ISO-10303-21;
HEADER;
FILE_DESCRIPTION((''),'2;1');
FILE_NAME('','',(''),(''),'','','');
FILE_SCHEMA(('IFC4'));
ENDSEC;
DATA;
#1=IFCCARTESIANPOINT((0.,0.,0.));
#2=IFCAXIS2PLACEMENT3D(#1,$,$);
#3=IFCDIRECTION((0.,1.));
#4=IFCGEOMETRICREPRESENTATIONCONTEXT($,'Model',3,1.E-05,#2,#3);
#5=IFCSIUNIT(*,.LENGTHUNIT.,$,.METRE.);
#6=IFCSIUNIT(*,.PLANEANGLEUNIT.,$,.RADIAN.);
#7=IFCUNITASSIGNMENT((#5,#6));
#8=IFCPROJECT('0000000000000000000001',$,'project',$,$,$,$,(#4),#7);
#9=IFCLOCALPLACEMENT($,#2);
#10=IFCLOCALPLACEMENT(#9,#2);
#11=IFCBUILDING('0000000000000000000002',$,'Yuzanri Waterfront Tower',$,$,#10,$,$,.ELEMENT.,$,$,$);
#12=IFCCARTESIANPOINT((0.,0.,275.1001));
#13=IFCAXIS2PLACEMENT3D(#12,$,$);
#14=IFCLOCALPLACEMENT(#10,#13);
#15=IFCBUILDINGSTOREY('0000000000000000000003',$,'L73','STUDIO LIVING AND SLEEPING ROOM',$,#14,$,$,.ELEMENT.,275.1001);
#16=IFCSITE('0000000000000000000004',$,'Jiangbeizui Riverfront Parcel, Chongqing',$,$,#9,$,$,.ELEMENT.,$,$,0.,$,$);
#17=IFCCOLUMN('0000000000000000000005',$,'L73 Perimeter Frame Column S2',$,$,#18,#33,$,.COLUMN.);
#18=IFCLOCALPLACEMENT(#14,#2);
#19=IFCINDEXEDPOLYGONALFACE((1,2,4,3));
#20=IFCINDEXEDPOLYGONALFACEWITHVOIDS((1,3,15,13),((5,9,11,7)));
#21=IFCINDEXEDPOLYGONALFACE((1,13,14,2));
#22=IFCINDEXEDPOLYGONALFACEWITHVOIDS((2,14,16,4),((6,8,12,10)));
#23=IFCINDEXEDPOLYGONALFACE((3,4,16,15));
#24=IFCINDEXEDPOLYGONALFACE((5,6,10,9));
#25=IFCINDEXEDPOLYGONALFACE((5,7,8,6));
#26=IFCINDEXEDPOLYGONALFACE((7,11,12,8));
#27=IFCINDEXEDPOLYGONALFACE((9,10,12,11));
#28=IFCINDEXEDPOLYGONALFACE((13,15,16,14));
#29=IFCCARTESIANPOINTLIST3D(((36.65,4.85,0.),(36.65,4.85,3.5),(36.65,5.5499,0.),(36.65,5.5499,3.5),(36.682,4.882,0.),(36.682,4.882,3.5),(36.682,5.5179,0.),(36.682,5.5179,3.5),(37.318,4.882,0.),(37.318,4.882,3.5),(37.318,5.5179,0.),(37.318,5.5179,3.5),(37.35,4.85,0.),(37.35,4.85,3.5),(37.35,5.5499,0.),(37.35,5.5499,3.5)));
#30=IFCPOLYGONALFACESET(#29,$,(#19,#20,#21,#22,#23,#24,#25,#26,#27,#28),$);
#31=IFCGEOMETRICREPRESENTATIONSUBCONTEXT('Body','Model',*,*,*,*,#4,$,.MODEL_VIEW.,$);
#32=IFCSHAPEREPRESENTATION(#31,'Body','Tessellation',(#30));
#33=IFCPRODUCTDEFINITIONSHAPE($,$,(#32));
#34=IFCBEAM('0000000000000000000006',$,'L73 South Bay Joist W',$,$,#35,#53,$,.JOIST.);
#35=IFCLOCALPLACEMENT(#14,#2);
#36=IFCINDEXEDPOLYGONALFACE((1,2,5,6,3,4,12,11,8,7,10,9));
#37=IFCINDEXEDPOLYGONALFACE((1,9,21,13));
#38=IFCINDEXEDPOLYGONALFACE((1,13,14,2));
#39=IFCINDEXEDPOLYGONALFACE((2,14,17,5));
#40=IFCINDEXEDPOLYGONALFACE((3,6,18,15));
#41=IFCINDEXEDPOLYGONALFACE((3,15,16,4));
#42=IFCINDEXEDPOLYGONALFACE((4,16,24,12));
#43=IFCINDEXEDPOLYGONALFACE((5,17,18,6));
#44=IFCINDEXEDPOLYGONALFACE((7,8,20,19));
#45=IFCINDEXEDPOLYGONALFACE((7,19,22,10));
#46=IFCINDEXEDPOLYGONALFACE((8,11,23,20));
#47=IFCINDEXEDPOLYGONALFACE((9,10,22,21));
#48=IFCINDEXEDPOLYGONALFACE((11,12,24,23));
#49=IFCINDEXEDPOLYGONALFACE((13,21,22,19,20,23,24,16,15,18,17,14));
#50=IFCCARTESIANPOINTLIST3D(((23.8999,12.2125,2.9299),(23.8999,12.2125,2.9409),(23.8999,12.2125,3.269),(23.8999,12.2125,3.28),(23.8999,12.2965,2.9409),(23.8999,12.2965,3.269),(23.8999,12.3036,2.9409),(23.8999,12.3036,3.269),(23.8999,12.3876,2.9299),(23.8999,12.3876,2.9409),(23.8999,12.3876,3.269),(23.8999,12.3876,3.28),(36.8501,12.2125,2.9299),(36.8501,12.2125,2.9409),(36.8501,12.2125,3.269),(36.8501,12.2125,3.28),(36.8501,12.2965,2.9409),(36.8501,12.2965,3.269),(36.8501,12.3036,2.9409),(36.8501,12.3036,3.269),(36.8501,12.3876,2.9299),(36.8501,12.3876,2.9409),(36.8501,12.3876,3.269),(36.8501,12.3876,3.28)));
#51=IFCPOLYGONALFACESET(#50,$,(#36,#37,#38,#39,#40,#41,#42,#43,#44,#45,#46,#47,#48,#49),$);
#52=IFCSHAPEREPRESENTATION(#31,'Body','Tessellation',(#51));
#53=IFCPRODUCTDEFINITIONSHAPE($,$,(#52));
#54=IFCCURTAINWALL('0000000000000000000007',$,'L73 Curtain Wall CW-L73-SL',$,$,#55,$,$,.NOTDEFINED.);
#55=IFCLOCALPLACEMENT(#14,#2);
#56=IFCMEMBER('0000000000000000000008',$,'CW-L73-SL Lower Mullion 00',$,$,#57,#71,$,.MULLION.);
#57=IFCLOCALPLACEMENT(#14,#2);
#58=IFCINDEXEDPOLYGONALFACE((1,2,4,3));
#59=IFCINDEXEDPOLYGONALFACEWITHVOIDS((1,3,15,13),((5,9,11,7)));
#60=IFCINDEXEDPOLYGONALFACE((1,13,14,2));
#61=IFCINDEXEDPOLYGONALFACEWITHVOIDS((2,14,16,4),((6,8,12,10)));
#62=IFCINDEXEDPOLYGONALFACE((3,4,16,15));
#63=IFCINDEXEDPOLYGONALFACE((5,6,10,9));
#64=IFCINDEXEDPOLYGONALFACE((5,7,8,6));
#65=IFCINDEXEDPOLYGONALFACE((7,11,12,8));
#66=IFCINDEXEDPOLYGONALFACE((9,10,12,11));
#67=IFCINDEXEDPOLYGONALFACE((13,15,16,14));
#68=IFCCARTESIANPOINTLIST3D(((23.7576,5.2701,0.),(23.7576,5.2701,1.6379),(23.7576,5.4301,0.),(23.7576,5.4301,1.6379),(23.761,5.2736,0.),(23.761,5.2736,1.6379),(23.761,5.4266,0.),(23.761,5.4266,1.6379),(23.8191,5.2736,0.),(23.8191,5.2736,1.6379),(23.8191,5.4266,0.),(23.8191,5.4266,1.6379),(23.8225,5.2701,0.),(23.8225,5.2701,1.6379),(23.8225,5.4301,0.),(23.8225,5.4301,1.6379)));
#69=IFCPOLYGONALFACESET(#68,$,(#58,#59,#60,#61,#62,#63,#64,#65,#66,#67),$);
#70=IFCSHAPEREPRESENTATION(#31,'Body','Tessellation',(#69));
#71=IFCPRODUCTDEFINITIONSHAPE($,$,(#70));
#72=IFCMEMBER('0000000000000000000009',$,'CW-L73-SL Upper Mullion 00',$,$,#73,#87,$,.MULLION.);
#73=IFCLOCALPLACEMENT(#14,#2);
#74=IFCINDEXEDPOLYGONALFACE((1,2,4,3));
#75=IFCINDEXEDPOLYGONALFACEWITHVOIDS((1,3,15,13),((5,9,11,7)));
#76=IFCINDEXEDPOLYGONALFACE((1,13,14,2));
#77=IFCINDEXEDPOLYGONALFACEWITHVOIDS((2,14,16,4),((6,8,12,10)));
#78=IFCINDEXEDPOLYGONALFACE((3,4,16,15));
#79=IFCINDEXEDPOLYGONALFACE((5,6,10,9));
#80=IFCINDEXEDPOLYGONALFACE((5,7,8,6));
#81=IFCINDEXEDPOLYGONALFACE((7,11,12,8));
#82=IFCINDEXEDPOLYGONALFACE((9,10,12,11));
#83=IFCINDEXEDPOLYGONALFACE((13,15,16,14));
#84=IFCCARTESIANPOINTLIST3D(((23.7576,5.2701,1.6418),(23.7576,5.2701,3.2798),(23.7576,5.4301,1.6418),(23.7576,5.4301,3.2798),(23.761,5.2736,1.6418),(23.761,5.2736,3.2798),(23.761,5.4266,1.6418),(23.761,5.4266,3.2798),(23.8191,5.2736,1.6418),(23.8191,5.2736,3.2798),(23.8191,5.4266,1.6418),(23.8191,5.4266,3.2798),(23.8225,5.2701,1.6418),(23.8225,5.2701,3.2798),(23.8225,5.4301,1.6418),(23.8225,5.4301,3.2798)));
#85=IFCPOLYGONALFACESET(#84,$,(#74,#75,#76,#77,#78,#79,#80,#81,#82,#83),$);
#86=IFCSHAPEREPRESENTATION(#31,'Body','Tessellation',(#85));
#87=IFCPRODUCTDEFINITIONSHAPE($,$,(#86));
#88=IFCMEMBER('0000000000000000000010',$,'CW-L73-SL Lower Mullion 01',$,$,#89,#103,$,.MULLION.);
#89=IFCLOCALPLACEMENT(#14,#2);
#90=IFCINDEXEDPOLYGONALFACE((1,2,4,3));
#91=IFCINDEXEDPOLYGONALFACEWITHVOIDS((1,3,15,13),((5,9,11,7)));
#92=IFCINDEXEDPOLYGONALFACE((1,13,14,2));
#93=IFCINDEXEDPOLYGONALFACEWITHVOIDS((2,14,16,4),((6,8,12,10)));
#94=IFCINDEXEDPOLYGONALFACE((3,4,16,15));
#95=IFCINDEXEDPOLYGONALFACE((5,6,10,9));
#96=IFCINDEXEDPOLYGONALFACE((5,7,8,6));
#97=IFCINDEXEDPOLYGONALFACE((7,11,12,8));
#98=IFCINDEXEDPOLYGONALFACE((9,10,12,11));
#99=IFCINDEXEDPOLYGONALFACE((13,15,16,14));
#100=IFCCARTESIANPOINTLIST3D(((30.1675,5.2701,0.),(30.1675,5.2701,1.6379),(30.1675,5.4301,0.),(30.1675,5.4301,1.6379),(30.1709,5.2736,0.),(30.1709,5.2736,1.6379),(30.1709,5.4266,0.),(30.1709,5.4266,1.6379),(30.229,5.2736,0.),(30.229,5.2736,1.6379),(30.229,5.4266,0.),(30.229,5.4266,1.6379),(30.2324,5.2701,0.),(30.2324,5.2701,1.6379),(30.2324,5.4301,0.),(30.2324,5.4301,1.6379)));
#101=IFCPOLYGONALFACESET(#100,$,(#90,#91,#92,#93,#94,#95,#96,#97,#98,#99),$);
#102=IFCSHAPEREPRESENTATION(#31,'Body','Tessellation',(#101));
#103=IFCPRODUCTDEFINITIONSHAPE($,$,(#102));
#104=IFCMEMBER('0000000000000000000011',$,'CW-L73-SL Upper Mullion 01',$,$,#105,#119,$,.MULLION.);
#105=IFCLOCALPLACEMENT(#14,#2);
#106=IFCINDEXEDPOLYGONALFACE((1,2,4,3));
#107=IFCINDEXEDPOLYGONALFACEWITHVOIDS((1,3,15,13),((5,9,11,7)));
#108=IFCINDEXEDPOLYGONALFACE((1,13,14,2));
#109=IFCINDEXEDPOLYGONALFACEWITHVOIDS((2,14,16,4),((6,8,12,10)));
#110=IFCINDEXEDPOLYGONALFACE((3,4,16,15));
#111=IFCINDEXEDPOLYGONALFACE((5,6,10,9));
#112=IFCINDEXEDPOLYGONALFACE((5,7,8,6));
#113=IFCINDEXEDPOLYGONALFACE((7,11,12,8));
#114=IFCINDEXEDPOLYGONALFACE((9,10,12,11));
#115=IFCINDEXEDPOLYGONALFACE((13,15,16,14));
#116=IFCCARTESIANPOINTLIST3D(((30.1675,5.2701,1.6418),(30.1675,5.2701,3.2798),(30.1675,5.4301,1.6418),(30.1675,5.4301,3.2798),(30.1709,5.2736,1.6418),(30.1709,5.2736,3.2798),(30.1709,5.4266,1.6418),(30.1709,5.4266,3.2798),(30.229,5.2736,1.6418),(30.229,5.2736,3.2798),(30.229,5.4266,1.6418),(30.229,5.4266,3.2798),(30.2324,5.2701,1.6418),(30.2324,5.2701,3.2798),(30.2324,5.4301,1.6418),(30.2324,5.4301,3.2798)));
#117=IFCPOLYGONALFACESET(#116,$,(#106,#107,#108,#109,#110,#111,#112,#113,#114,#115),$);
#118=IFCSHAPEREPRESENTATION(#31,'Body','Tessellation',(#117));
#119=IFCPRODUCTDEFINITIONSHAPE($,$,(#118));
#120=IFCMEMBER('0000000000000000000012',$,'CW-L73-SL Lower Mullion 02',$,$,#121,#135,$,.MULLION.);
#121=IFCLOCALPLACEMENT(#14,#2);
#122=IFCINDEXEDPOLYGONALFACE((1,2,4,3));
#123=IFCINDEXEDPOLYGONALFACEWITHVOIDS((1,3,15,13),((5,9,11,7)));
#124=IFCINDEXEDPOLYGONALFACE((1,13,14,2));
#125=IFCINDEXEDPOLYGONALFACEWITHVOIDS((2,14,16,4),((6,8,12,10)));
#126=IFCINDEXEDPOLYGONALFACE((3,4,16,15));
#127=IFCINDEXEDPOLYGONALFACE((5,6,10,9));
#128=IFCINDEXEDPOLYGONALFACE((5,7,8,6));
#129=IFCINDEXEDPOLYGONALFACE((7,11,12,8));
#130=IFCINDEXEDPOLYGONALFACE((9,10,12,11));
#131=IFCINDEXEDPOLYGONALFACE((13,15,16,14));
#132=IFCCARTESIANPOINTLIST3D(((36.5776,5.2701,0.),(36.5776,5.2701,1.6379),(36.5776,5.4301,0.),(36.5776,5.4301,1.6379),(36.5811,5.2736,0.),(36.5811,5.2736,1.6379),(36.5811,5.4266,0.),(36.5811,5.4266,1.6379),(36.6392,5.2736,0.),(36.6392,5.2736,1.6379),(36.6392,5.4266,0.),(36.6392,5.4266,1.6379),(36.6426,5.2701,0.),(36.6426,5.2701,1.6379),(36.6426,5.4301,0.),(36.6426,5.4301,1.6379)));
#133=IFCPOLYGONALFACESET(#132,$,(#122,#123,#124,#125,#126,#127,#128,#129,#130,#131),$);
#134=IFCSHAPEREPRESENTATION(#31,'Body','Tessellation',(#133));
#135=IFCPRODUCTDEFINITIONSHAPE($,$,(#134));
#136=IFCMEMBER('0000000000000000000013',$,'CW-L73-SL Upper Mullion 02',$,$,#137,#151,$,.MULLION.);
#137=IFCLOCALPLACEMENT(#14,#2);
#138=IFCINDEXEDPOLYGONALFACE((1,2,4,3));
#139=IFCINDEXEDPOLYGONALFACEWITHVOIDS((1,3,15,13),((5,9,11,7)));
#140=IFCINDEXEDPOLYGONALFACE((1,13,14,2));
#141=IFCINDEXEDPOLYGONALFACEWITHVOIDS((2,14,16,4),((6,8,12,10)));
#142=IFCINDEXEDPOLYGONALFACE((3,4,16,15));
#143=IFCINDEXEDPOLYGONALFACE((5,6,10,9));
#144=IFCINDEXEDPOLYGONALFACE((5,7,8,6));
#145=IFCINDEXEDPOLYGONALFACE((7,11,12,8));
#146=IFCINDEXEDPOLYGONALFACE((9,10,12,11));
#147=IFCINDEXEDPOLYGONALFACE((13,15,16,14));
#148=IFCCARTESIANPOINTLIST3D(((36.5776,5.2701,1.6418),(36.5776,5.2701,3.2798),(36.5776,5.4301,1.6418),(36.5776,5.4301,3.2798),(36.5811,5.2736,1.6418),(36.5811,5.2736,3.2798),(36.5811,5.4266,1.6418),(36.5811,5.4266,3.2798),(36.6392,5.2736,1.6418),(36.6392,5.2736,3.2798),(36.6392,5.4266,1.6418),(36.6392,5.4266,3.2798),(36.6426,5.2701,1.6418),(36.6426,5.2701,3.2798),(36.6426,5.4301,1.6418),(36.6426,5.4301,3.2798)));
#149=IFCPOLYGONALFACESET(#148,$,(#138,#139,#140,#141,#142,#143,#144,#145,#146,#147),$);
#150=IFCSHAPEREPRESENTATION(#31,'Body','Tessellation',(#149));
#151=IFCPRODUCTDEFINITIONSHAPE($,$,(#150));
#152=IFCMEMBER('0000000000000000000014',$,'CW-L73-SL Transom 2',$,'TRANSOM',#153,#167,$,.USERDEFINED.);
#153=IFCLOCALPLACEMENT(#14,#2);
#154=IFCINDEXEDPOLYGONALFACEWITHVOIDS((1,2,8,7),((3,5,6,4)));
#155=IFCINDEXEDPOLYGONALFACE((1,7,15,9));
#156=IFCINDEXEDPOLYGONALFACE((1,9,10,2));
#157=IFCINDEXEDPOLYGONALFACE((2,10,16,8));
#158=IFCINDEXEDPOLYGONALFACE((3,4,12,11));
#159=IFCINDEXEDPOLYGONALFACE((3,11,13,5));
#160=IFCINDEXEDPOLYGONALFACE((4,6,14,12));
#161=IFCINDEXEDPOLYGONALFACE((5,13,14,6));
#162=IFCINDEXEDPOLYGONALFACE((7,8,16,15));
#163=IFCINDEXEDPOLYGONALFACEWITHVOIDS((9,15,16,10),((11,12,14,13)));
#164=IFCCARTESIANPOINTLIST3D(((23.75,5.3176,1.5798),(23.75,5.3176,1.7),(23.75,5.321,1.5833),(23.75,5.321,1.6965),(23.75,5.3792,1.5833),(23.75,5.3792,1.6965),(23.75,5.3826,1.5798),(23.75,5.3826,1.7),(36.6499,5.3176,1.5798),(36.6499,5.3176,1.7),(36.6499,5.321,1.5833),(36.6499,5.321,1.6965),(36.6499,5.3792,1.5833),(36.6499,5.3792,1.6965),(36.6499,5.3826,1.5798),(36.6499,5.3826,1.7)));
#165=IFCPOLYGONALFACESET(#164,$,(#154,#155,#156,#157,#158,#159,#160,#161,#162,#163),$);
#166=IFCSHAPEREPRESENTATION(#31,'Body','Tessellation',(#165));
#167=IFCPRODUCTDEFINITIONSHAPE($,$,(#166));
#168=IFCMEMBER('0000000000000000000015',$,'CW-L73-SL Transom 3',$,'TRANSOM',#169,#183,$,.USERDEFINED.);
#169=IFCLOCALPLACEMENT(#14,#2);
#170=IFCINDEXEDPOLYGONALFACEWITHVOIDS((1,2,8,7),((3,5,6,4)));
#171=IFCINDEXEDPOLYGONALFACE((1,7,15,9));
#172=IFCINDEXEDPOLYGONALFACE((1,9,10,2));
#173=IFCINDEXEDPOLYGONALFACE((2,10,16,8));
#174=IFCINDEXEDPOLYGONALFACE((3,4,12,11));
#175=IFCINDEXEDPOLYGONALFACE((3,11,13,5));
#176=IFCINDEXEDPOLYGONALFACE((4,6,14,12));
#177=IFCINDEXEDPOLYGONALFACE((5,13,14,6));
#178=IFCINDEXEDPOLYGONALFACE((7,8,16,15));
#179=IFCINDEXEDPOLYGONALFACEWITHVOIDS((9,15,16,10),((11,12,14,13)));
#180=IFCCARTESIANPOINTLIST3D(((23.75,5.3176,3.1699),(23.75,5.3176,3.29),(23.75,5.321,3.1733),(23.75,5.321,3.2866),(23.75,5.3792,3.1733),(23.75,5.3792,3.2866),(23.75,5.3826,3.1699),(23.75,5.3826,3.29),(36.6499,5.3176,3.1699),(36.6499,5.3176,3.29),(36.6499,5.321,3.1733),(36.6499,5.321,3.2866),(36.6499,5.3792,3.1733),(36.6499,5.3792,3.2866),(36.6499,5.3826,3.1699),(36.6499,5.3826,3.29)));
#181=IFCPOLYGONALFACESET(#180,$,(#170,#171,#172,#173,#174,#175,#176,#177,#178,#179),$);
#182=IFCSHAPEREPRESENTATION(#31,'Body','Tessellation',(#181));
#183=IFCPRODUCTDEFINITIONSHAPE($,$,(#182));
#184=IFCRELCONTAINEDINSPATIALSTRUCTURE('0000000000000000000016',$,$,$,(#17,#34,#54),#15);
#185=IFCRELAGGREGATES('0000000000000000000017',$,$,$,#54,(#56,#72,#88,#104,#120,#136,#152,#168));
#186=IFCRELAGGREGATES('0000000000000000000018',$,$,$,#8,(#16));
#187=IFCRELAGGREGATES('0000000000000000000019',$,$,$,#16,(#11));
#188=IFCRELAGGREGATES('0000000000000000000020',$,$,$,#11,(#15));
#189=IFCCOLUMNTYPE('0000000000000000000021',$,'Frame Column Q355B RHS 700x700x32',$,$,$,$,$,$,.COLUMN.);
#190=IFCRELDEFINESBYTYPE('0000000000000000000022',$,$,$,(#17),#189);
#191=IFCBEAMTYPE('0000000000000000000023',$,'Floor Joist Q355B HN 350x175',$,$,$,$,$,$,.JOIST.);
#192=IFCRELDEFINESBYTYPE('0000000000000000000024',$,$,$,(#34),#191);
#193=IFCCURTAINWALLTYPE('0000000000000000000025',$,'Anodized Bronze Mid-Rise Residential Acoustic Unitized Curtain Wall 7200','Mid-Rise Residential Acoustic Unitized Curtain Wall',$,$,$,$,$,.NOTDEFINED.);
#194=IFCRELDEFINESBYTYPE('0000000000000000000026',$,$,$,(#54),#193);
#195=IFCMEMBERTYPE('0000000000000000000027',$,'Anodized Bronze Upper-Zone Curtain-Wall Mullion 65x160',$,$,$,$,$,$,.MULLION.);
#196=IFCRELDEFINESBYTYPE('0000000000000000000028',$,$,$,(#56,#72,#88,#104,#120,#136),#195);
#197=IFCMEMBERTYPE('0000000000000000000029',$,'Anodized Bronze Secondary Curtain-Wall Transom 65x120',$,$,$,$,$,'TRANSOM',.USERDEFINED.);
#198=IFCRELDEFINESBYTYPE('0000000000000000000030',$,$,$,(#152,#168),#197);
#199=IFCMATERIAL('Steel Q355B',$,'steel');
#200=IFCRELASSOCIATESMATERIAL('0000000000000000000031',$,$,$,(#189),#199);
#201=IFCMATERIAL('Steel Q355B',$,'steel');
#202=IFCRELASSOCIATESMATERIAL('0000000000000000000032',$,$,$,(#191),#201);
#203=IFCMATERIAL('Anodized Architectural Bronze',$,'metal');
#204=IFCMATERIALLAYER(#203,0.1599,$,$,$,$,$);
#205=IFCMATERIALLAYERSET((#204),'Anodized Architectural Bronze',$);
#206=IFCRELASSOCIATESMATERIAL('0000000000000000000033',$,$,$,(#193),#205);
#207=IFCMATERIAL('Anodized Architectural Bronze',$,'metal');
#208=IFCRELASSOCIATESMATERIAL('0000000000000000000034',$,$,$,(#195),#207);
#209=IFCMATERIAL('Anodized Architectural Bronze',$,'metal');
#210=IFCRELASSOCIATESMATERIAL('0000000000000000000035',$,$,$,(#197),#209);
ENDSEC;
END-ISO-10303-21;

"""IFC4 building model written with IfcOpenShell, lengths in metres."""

from ifc_helpers import new_model, si_unit, direction, frame, origin, origin_2d, place, context, subcontext, project, spatial, hollow_rectangle, i_section, extrude, source, transform, mapped, material, layer, layer_set, material_profile, profile_set, type_object, element, aggregate, save


model = new_model("IFC4")

# Units and contexts
model_context = context("Model", 3, precision=1e-05, world=origin(), true_north=direction((0.0, 1.0)))
body_context = subcontext(model_context, "Body", "Model", "MODEL_VIEW")
ifc_project = project(units=[si_unit("LENGTHUNIT", "METRE"), si_unit("PLANEANGLEUNIT", "RADIAN")], contexts=[model_context])

# Site, building, storey
site_placement = place(None, origin())
site = spatial("IfcSite", under=ifc_project, at=site_placement, Name="Jiangbeizui Riverfront Parcel, Chongqing", CompositionType="ELEMENT", RefElevation=0.0)
building_placement = place(site_placement, origin())
building = spatial("IfcBuilding", under=site, at=building_placement, Name="Yuzanri Waterfront Tower", CompositionType="ELEMENT")
storey_placement = place(building_placement, frame((0.0, 0.0, 275.1001)))
storey = spatial("IfcBuildingStorey", under=building, at=storey_placement, Name="L73", Description="STUDIO LIVING AND SLEEPING ROOM", CompositionType="ELEMENT", Elevation=275.1001)

# Column
ifc_material_1 = material(Name="Steel Q355B", Category="steel")
ifc_material_profile_1 = material_profile(ifc_material_1, hollow_rectangle(XDim=0.7, YDim=0.7, WallThickness=0.032, at=origin_2d()), Name="RHS 700x700x32")
ifc_profile_set_1 = profile_set([ifc_material_profile_1], Name="Steel Q355B")
column_type = type_object("IfcColumnType", Name="Frame Column Q355B RHS 700x700x32", PredefinedType="COLUMN", material=ifc_profile_set_1)
shared_shape_1 = source(origin(), body_context, "Body", "SweptSolid", [
    extrude(hollow_rectangle(XDim=0.7, YDim=0.7, WallThickness=0.032, at=origin_2d()), origin(), (0.0, 0.0, 1.0), 3.5),
])
column_placement = place(storey_placement, frame((37.0, 5.2, 0.0), z_axis=(0.0, 0.0, 1.0), x_axis=(1.0, 0.0, 0.0)))
element("IfcColumn", 1, at=column_placement, inside=storey, type_object=column_type, Name="L73 Perimeter Frame Column S2", PredefinedType="COLUMN", context=body_context, shape_type="MappedRepresentation", body=[
    mapped(shared_shape_1, transform((0.0, 0.0, 0.0), scale=1.0)),
])

# Beam
ifc_material_2 = material(Name="Steel Q355B", Category="steel")
ifc_material_profile_2 = material_profile(ifc_material_2, i_section(OverallWidth=0.175, OverallDepth=0.3501, WebThickness=0.0071, FlangeThickness=0.011, at=origin_2d()), Name="HN 350x175x7x11")
ifc_profile_set_2 = profile_set([ifc_material_profile_2], Name="Steel Q355B")
beam_type = type_object("IfcBeamType", Name="Floor Joist Q355B HN 350x175", PredefinedType="JOIST", material=ifc_profile_set_2)
shared_shape_2 = source(origin(), body_context, "Body", "SweptSolid", [
    extrude(i_section(OverallWidth=0.175, OverallDepth=0.3501, WebThickness=0.0071, FlangeThickness=0.011, at=origin_2d()), origin(), (0.0, 0.0, 1.0), 12.9502),
])
beam_placement = place(storey_placement, frame((23.8999, 12.3, 3.105), z_axis=(1.0, 0.0, 0.0), x_axis=(0.0, 1.0, 0.0)))
element("IfcBeam", 2, at=beam_placement, inside=storey, type_object=beam_type, Name="L73 South Bay Joist W", PredefinedType="JOIST", context=body_context, shape_type="MappedRepresentation", body=[
    mapped(shared_shape_2, transform((0.0, 0.0, 0.0), scale=1.0)),
])

# Curtain wall, members
ifc_material_3 = material(Name="Anodized Architectural Bronze", Category="metal")
ifc_layer_1 = layer(ifc_material_3, 0.1599)
ifc_layer_set_1 = layer_set([ifc_layer_1], Name="Anodized Architectural Bronze")
curtain_wall_type = type_object("IfcCurtainWallType", Name="Anodized Bronze Mid-Rise Residential Acoustic Unitized Curtain Wall 7200", Description="Mid-Rise Residential Acoustic Unitized Curtain Wall", PredefinedType="NOTDEFINED", material=ifc_layer_set_1)
curtain_wall_placement = place(storey_placement, origin())
curtain_wall = element("IfcCurtainWall", 3, at=curtain_wall_placement, inside=storey, type_object=curtain_wall_type, Name="L73 Curtain Wall CW-L73-SL", PredefinedType="NOTDEFINED")
ifc_material_4 = material(Name="Anodized Architectural Bronze", Category="metal")
ifc_material_profile_3 = material_profile(ifc_material_4, hollow_rectangle(XDim=0.0649, YDim=0.1599, WallThickness=0.0034, at=origin_2d()), Name="CWM 65x160")
ifc_profile_set_3 = profile_set([ifc_material_profile_3], Name="Anodized Architectural Bronze")
member_type_1 = type_object("IfcMemberType", Name="Anodized Bronze Upper-Zone Curtain-Wall Mullion 65x160", PredefinedType="MULLION", material=ifc_profile_set_3)
shared_shape_3 = source(origin(), body_context, "Body", "SweptSolid", [
    extrude(hollow_rectangle(XDim=0.0649, YDim=0.1599, WallThickness=0.0034, at=origin_2d()), origin(), (0.0, 0.0, 1.0), 1.6379),
])
member_1_placement = place(storey_placement, frame((23.79, 5.3501, 0.0), z_axis=(0.0, 0.0, 1.0), x_axis=(1.0, 0.0, 0.0)))
member_1 = element("IfcMember", 4, at=member_1_placement, type_object=member_type_1, Name="CW-L73-SL Lower Mullion 00", PredefinedType="MULLION", context=body_context, shape_type="MappedRepresentation", body=[
    mapped(shared_shape_3, transform((0.0, 0.0, 0.0), scale=1.0)),
])
member_2_placement = place(storey_placement, frame((23.79, 5.3501, 1.6418), z_axis=(0.0, 0.0, 1.0), x_axis=(1.0, 0.0, 0.0)))
member_2 = element("IfcMember", 5, at=member_2_placement, type_object=member_type_1, Name="CW-L73-SL Upper Mullion 00", PredefinedType="MULLION", context=body_context, shape_type="MappedRepresentation", body=[
    mapped(shared_shape_3, transform((0.0, 0.0, 0.0), scale=1.0)),
])
member_3_placement = place(storey_placement, frame((30.2, 5.3501, 0.0), z_axis=(0.0, 0.0, 1.0), x_axis=(1.0, 0.0, 0.0)))
member_3 = element("IfcMember", 6, at=member_3_placement, type_object=member_type_1, Name="CW-L73-SL Lower Mullion 01", PredefinedType="MULLION", context=body_context, shape_type="MappedRepresentation", body=[
    mapped(shared_shape_3, transform((0.0, 0.0, 0.0), scale=1.0)),
])
member_4_placement = place(storey_placement, frame((30.2, 5.3501, 1.6418), z_axis=(0.0, 0.0, 1.0), x_axis=(1.0, 0.0, 0.0)))
member_4 = element("IfcMember", 7, at=member_4_placement, type_object=member_type_1, Name="CW-L73-SL Upper Mullion 01", PredefinedType="MULLION", context=body_context, shape_type="MappedRepresentation", body=[
    mapped(shared_shape_3, transform((0.0, 0.0, 0.0), scale=1.0)),
])
member_5_placement = place(storey_placement, frame((36.6101, 5.3501, 0.0), z_axis=(0.0, 0.0, 1.0), x_axis=(1.0, 0.0, 0.0)))
member_5 = element("IfcMember", 8, at=member_5_placement, type_object=member_type_1, Name="CW-L73-SL Lower Mullion 02", PredefinedType="MULLION", context=body_context, shape_type="MappedRepresentation", body=[
    mapped(shared_shape_3, transform((0.0, 0.0, 0.0), scale=1.0)),
])
member_6_placement = place(storey_placement, frame((36.6101, 5.3501, 1.6418), z_axis=(0.0, 0.0, 1.0), x_axis=(1.0, 0.0, 0.0)))
member_6 = element("IfcMember", 9, at=member_6_placement, type_object=member_type_1, Name="CW-L73-SL Upper Mullion 02", PredefinedType="MULLION", context=body_context, shape_type="MappedRepresentation", body=[
    mapped(shared_shape_3, transform((0.0, 0.0, 0.0), scale=1.0)),
])
ifc_material_5 = material(Name="Anodized Architectural Bronze", Category="metal")
ifc_material_profile_4 = material_profile(ifc_material_5, hollow_rectangle(XDim=0.0649, YDim=0.1201, WallThickness=0.0034, at=origin_2d()), Name="CWT 65x120")
ifc_profile_set_4 = profile_set([ifc_material_profile_4], Name="Anodized Architectural Bronze")
member_type_2 = type_object("IfcMemberType", Name="Anodized Bronze Secondary Curtain-Wall Transom 65x120", ElementType="TRANSOM", PredefinedType="USERDEFINED", material=ifc_profile_set_4)
shared_shape_4 = source(origin(), body_context, "Body", "SweptSolid", [
    extrude(hollow_rectangle(XDim=0.0649, YDim=0.1201, WallThickness=0.0034, at=origin_2d()), origin(), (0.0, 0.0, 1.0), 12.8999),
])
member_7_placement = place(storey_placement, frame((23.75, 5.3501, 1.6399), z_axis=(1.0, 0.0, 0.0), x_axis=(0.0, 1.0, 0.0)))
member_7 = element("IfcMember", 10, at=member_7_placement, type_object=member_type_2, Name="CW-L73-SL Transom 2", ObjectType="TRANSOM", PredefinedType="USERDEFINED", context=body_context, shape_type="MappedRepresentation", body=[
    mapped(shared_shape_4, transform((0.0, 0.0, 0.0), scale=1.0)),
])
member_8_placement = place(storey_placement, frame((23.75, 5.3501, 3.23), z_axis=(1.0, 0.0, 0.0), x_axis=(0.0, 1.0, 0.0)))
member_8 = element("IfcMember", 11, at=member_8_placement, type_object=member_type_2, Name="CW-L73-SL Transom 3", ObjectType="TRANSOM", PredefinedType="USERDEFINED", context=body_context, shape_type="MappedRepresentation", body=[
    mapped(shared_shape_4, transform((0.0, 0.0, 0.0), scale=1.0)),
])
aggregate(curtain_wall, [member_1, member_2, member_3, member_4, member_5, member_6, member_7, member_8])

save(model, "model.ifc")
